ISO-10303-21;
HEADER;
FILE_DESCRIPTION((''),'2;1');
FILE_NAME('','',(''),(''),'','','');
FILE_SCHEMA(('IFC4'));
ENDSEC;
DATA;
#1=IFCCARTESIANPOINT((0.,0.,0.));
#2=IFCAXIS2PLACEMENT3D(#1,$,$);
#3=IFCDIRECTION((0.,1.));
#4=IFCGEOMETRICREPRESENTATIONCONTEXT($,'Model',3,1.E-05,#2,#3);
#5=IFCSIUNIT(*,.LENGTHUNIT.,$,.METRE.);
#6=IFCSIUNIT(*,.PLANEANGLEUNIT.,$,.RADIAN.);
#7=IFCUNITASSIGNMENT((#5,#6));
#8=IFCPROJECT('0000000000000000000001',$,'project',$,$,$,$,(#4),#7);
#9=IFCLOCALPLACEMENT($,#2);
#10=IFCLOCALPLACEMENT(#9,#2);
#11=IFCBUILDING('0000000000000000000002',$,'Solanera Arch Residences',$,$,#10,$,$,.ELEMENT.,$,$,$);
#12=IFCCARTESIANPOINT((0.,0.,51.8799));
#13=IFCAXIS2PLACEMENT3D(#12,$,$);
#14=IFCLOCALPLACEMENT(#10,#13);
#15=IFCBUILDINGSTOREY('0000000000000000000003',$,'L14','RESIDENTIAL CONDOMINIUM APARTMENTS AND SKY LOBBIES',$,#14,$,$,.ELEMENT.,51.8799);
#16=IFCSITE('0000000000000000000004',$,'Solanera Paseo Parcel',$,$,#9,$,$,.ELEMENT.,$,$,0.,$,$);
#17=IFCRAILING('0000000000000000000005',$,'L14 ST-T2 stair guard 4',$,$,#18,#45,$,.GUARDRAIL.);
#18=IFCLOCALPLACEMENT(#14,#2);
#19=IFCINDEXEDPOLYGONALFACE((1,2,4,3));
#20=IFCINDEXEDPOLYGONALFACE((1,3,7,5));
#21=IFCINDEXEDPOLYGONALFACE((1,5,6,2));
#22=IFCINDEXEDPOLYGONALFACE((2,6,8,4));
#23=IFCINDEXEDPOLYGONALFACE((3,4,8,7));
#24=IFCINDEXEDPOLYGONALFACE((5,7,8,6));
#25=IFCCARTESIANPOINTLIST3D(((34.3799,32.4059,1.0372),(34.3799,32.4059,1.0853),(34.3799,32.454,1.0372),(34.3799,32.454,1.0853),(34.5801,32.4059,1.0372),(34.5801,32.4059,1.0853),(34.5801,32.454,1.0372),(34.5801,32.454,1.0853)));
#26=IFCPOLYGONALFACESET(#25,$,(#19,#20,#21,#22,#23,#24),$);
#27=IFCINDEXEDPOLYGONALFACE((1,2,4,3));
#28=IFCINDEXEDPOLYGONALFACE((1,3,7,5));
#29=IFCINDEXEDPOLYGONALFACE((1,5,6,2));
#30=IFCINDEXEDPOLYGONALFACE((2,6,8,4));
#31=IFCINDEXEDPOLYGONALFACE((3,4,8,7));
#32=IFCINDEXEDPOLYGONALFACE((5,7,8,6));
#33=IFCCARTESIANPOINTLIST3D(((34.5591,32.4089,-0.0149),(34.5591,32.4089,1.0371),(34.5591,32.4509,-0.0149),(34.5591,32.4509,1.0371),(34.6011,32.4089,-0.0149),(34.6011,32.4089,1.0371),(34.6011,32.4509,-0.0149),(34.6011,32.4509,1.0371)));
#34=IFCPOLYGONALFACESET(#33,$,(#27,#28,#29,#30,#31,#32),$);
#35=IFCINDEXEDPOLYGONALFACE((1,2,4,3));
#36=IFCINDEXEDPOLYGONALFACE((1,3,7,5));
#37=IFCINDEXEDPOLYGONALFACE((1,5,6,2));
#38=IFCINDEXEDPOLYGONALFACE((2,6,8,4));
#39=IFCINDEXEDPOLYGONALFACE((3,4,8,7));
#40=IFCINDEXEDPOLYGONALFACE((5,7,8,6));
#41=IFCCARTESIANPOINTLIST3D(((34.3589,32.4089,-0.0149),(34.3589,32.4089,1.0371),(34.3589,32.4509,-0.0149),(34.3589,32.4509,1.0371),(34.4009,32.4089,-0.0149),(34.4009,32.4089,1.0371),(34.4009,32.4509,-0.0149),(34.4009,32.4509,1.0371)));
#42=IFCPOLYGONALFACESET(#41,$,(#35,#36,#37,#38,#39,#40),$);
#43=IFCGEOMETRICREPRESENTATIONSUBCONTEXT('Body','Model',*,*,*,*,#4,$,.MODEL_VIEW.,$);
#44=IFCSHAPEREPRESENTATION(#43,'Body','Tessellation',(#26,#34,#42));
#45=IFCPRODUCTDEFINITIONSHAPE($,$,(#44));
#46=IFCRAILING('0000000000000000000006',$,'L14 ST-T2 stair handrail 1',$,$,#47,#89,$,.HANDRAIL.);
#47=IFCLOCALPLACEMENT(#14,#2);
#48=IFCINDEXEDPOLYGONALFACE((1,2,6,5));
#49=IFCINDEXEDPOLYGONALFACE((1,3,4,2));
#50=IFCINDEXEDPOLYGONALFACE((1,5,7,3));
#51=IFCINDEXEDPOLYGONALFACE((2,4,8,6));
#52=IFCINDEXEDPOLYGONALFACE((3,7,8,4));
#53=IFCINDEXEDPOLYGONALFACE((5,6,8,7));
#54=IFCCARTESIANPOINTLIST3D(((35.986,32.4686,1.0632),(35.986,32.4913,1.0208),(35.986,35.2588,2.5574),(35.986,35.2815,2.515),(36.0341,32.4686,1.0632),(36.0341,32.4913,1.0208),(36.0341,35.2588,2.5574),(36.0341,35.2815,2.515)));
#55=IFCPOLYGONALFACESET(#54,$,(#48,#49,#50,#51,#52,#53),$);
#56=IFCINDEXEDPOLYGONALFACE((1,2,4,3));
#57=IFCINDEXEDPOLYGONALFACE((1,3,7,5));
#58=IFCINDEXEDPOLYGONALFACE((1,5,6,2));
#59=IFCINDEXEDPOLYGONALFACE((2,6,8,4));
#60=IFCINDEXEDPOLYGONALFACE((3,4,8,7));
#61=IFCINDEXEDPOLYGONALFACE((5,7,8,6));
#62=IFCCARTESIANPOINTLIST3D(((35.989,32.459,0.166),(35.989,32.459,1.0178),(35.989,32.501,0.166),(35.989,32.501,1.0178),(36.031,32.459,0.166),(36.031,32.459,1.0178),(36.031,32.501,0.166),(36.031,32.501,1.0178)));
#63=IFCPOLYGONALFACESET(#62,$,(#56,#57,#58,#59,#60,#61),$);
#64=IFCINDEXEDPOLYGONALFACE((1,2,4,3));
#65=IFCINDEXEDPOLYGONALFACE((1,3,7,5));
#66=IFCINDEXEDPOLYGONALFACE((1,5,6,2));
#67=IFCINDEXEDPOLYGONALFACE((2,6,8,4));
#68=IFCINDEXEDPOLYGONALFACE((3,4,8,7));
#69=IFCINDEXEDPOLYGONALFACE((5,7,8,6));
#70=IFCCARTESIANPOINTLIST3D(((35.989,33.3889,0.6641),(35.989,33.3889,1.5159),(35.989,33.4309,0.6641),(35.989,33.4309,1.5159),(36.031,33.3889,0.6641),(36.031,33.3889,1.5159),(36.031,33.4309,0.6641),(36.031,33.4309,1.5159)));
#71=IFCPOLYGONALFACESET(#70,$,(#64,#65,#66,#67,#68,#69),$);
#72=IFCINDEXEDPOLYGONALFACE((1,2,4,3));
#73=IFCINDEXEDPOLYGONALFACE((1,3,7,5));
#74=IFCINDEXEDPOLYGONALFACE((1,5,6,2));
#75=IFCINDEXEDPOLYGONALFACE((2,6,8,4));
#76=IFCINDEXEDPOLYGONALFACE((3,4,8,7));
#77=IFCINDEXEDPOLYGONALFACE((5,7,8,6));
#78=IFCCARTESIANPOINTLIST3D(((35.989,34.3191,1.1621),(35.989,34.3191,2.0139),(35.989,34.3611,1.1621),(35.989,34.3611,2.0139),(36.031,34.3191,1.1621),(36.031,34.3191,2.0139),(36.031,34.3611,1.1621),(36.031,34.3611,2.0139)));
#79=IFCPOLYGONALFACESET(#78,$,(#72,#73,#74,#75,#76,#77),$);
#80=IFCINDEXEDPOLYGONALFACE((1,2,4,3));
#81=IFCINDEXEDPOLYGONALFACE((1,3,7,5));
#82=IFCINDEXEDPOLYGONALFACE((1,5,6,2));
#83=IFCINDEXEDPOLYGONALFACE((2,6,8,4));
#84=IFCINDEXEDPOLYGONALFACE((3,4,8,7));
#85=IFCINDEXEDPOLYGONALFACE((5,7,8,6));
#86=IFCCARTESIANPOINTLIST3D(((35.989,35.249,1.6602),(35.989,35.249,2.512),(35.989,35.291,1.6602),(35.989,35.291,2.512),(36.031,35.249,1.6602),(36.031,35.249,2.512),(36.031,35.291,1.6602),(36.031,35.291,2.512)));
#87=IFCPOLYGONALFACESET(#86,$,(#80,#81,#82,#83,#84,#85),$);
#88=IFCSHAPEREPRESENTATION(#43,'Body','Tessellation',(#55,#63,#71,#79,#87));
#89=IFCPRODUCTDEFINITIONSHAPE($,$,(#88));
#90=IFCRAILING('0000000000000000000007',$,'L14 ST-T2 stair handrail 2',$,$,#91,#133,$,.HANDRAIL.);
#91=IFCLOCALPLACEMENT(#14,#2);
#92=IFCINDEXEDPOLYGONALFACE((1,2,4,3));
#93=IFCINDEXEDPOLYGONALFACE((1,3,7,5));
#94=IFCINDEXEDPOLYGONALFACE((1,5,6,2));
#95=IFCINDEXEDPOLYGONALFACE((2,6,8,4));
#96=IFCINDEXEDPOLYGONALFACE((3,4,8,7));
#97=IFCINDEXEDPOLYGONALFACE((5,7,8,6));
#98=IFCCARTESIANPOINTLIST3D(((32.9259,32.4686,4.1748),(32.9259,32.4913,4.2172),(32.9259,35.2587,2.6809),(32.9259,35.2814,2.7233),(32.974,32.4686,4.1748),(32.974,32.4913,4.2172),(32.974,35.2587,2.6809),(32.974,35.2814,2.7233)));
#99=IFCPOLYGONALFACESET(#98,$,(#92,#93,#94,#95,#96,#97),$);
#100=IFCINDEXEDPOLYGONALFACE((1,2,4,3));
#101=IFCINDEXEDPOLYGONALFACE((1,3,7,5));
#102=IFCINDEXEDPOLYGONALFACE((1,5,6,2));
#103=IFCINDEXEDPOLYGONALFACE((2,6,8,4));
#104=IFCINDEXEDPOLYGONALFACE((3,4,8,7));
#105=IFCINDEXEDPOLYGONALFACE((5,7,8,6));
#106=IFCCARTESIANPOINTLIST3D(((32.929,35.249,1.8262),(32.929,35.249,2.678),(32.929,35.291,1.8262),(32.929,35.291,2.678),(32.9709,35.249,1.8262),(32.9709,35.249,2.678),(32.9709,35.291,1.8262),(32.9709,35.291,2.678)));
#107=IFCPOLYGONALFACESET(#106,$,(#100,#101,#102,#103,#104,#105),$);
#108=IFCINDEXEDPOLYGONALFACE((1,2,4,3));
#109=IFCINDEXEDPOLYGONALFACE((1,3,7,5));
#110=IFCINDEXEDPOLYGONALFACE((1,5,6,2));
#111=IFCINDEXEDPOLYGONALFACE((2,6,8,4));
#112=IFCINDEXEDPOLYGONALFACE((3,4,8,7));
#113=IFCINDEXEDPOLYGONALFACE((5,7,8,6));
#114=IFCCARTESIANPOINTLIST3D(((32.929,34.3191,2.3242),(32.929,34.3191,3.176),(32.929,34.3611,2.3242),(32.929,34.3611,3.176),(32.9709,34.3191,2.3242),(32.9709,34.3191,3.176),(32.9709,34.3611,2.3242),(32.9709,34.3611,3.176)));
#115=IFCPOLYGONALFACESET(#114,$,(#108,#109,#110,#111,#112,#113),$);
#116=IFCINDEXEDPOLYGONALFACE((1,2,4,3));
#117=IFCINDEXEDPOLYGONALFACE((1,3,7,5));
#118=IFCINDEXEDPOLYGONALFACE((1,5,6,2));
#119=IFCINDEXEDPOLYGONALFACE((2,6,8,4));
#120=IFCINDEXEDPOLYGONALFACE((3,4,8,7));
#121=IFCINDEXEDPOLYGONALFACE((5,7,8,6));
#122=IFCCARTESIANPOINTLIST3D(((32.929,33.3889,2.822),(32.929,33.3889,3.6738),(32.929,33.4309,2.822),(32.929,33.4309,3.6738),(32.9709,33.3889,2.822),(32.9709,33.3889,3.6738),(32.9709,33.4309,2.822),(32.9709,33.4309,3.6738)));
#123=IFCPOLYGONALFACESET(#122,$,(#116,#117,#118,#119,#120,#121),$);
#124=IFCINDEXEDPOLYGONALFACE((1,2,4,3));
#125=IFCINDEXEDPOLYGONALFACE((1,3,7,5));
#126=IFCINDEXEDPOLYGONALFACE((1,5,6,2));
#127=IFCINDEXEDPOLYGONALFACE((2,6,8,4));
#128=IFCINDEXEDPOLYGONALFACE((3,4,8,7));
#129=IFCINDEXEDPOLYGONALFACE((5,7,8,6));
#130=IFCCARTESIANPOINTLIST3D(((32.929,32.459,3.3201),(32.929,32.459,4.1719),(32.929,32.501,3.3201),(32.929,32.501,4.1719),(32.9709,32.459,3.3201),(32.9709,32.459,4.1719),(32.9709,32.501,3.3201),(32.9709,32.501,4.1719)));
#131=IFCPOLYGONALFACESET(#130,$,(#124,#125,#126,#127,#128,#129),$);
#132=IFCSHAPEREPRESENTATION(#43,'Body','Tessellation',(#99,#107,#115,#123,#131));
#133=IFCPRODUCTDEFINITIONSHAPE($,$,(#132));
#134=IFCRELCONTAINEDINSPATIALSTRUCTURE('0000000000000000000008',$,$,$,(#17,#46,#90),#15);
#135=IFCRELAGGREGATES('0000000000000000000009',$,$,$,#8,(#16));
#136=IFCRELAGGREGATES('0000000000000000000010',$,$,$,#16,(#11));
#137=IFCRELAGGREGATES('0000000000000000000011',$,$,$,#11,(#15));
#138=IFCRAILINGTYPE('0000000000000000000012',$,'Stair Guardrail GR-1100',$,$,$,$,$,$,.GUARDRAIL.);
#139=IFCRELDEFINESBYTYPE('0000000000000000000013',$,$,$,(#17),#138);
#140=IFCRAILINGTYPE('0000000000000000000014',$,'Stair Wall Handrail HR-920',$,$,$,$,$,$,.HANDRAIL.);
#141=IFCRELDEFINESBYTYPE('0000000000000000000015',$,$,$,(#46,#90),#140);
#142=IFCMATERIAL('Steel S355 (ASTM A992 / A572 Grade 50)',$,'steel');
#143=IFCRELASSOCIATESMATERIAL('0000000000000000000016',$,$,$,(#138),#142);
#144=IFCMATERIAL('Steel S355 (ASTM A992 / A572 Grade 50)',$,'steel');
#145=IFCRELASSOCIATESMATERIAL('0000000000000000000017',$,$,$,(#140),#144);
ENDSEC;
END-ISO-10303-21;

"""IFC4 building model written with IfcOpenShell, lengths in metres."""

from ifc_helpers import new_model, si_unit, direction, frame, origin, origin_2d, place, context, subcontext, project, spatial, rectangle, extrude, material, type_object, element, save


model = new_model("IFC4")

# Units and contexts
model_context = context("Model", 3, precision=1e-05, world=origin(), true_north=direction((0.0, 1.0)))
body_context = subcontext(model_context, "Body", "Model", "MODEL_VIEW")
ifc_project = project(units=[si_unit("LENGTHUNIT", "METRE"), si_unit("PLANEANGLEUNIT", "RADIAN")], contexts=[model_context])

# Site, building, storey
site_placement = place(None, origin())
site = spatial("IfcSite", under=ifc_project, at=site_placement, Name="Solanera Paseo Parcel", CompositionType="ELEMENT", RefElevation=0.0)
building_placement = place(site_placement, origin())
building = spatial("IfcBuilding", under=site, at=building_placement, Name="Solanera Arch Residences", CompositionType="ELEMENT")
storey_placement = place(building_placement, frame((0.0, 0.0, 51.8799)))
storey = spatial("IfcBuildingStorey", under=building, at=storey_placement, Name="L14", Description="RESIDENTIAL CONDOMINIUM APARTMENTS AND SKY LOBBIES", CompositionType="ELEMENT", Elevation=51.8799)

# Railings
ifc_material_1 = material(Name="Steel S355 (ASTM A992 / A572 Grade 50)", Category="steel")
railing_type_1 = type_object("IfcRailingType", Name="Stair Guardrail GR-1100", PredefinedType="GUARDRAIL", material=ifc_material_1)
railing_1_placement = place(storey_placement, frame((34.5801, 32.4299, -0.0149)))
element("IfcRailing", 1, at=railing_1_placement, inside=storey, type_object=railing_type_1, Name="L14 ST-T2 stair guard 4", PredefinedType="GUARDRAIL", context=body_context, shape_type="SweptSolid", body=[
    extrude(rectangle(XDim=0.0481, YDim=0.0481, at=origin_2d()), frame((0.0, 0.0, 1.0762), z_axis=(-1.0, 0.0, 0.0), x_axis=(0.0, -1.0, 0.0)), (0.0, 0.0, 1.0), 0.2002),
    extrude(rectangle(XDim=0.042, YDim=0.042, at=origin_2d()), origin(), (0.0, 0.0, 1.0), 1.052),
    extrude(rectangle(XDim=0.042, YDim=0.042, at=origin_2d()), frame((-0.2002, 0.0, 0.0)), (0.0, 0.0, 1.0), 1.052),
])
ifc_material_2 = material(Name="Steel S355 (ASTM A992 / A572 Grade 50)", Category="steel")
railing_type_2 = type_object("IfcRailingType", Name="Stair Wall Handrail HR-920", PredefinedType="HANDRAIL", material=ifc_material_2)
railing_2_placement = place(storey_placement, frame((36.01, 32.48, 0.166)))
element("IfcRailing", 2, at=railing_2_placement, inside=storey, type_object=railing_type_2, Name="L14 ST-T2 stair handrail 1", PredefinedType="HANDRAIL", context=body_context, shape_type="SweptSolid", body=[
    extrude(rectangle(XDim=0.0481, YDim=0.0481, at=origin_2d()), frame((0.0, 0.0, 0.876), z_axis=(0.0, 0.881549, 0.472093), x_axis=(-1.0, 0.0, 0.0)), (0.0, 0.0, 1.0), 3.165),
    extrude(rectangle(XDim=0.042, YDim=0.042, at=origin_2d()), origin(), (0.0, 0.0, 1.0), 0.8518),
    extrude(rectangle(XDim=0.042, YDim=0.042, at=origin_2d()), frame((0.0, 0.9299, 0.498)), (0.0, 0.0, 1.0), 0.8518),
    extrude(rectangle(XDim=0.042, YDim=0.042, at=origin_2d()), frame((0.0, 1.8601, 0.9961)), (0.0, 0.0, 1.0), 0.8518),
    extrude(rectangle(XDim=0.042, YDim=0.042, at=origin_2d()), frame((0.0, 2.79, 1.4941)), (0.0, 0.0, 1.0), 0.8518),
])
railing_3_placement = place(storey_placement, frame((32.95, 35.27, 1.8262)))
element("IfcRailing", 3, at=railing_3_placement, inside=storey, type_object=railing_type_2, Name="L14 ST-T2 stair handrail 2", PredefinedType="HANDRAIL", context=body_context, shape_type="SweptSolid", body=[
    extrude(rectangle(XDim=0.0481, YDim=0.0481, at=origin_2d()), frame((0.0, 0.0, 0.876), z_axis=(0.0, -0.881581, 0.472033), x_axis=(1.0, 0.0, 0.0)), (0.0, 0.0, 1.0), 3.1648),
    extrude(rectangle(XDim=0.042, YDim=0.042, at=origin_2d()), origin(), (0.0, 0.0, 1.0), 0.8518),
    extrude(rectangle(XDim=0.042, YDim=0.042, at=origin_2d()), frame((0.0, -0.9299, 0.498)), (0.0, 0.0, 1.0), 0.8518),
    extrude(rectangle(XDim=0.042, YDim=0.042, at=origin_2d()), frame((0.0, -1.8601, 0.9958)), (0.0, 0.0, 1.0), 0.8518),
    extrude(rectangle(XDim=0.042, YDim=0.042, at=origin_2d()), frame((0.0, -2.79, 1.4939)), (0.0, 0.0, 1.0), 0.8518),
])

save(model, "model.ifc")
